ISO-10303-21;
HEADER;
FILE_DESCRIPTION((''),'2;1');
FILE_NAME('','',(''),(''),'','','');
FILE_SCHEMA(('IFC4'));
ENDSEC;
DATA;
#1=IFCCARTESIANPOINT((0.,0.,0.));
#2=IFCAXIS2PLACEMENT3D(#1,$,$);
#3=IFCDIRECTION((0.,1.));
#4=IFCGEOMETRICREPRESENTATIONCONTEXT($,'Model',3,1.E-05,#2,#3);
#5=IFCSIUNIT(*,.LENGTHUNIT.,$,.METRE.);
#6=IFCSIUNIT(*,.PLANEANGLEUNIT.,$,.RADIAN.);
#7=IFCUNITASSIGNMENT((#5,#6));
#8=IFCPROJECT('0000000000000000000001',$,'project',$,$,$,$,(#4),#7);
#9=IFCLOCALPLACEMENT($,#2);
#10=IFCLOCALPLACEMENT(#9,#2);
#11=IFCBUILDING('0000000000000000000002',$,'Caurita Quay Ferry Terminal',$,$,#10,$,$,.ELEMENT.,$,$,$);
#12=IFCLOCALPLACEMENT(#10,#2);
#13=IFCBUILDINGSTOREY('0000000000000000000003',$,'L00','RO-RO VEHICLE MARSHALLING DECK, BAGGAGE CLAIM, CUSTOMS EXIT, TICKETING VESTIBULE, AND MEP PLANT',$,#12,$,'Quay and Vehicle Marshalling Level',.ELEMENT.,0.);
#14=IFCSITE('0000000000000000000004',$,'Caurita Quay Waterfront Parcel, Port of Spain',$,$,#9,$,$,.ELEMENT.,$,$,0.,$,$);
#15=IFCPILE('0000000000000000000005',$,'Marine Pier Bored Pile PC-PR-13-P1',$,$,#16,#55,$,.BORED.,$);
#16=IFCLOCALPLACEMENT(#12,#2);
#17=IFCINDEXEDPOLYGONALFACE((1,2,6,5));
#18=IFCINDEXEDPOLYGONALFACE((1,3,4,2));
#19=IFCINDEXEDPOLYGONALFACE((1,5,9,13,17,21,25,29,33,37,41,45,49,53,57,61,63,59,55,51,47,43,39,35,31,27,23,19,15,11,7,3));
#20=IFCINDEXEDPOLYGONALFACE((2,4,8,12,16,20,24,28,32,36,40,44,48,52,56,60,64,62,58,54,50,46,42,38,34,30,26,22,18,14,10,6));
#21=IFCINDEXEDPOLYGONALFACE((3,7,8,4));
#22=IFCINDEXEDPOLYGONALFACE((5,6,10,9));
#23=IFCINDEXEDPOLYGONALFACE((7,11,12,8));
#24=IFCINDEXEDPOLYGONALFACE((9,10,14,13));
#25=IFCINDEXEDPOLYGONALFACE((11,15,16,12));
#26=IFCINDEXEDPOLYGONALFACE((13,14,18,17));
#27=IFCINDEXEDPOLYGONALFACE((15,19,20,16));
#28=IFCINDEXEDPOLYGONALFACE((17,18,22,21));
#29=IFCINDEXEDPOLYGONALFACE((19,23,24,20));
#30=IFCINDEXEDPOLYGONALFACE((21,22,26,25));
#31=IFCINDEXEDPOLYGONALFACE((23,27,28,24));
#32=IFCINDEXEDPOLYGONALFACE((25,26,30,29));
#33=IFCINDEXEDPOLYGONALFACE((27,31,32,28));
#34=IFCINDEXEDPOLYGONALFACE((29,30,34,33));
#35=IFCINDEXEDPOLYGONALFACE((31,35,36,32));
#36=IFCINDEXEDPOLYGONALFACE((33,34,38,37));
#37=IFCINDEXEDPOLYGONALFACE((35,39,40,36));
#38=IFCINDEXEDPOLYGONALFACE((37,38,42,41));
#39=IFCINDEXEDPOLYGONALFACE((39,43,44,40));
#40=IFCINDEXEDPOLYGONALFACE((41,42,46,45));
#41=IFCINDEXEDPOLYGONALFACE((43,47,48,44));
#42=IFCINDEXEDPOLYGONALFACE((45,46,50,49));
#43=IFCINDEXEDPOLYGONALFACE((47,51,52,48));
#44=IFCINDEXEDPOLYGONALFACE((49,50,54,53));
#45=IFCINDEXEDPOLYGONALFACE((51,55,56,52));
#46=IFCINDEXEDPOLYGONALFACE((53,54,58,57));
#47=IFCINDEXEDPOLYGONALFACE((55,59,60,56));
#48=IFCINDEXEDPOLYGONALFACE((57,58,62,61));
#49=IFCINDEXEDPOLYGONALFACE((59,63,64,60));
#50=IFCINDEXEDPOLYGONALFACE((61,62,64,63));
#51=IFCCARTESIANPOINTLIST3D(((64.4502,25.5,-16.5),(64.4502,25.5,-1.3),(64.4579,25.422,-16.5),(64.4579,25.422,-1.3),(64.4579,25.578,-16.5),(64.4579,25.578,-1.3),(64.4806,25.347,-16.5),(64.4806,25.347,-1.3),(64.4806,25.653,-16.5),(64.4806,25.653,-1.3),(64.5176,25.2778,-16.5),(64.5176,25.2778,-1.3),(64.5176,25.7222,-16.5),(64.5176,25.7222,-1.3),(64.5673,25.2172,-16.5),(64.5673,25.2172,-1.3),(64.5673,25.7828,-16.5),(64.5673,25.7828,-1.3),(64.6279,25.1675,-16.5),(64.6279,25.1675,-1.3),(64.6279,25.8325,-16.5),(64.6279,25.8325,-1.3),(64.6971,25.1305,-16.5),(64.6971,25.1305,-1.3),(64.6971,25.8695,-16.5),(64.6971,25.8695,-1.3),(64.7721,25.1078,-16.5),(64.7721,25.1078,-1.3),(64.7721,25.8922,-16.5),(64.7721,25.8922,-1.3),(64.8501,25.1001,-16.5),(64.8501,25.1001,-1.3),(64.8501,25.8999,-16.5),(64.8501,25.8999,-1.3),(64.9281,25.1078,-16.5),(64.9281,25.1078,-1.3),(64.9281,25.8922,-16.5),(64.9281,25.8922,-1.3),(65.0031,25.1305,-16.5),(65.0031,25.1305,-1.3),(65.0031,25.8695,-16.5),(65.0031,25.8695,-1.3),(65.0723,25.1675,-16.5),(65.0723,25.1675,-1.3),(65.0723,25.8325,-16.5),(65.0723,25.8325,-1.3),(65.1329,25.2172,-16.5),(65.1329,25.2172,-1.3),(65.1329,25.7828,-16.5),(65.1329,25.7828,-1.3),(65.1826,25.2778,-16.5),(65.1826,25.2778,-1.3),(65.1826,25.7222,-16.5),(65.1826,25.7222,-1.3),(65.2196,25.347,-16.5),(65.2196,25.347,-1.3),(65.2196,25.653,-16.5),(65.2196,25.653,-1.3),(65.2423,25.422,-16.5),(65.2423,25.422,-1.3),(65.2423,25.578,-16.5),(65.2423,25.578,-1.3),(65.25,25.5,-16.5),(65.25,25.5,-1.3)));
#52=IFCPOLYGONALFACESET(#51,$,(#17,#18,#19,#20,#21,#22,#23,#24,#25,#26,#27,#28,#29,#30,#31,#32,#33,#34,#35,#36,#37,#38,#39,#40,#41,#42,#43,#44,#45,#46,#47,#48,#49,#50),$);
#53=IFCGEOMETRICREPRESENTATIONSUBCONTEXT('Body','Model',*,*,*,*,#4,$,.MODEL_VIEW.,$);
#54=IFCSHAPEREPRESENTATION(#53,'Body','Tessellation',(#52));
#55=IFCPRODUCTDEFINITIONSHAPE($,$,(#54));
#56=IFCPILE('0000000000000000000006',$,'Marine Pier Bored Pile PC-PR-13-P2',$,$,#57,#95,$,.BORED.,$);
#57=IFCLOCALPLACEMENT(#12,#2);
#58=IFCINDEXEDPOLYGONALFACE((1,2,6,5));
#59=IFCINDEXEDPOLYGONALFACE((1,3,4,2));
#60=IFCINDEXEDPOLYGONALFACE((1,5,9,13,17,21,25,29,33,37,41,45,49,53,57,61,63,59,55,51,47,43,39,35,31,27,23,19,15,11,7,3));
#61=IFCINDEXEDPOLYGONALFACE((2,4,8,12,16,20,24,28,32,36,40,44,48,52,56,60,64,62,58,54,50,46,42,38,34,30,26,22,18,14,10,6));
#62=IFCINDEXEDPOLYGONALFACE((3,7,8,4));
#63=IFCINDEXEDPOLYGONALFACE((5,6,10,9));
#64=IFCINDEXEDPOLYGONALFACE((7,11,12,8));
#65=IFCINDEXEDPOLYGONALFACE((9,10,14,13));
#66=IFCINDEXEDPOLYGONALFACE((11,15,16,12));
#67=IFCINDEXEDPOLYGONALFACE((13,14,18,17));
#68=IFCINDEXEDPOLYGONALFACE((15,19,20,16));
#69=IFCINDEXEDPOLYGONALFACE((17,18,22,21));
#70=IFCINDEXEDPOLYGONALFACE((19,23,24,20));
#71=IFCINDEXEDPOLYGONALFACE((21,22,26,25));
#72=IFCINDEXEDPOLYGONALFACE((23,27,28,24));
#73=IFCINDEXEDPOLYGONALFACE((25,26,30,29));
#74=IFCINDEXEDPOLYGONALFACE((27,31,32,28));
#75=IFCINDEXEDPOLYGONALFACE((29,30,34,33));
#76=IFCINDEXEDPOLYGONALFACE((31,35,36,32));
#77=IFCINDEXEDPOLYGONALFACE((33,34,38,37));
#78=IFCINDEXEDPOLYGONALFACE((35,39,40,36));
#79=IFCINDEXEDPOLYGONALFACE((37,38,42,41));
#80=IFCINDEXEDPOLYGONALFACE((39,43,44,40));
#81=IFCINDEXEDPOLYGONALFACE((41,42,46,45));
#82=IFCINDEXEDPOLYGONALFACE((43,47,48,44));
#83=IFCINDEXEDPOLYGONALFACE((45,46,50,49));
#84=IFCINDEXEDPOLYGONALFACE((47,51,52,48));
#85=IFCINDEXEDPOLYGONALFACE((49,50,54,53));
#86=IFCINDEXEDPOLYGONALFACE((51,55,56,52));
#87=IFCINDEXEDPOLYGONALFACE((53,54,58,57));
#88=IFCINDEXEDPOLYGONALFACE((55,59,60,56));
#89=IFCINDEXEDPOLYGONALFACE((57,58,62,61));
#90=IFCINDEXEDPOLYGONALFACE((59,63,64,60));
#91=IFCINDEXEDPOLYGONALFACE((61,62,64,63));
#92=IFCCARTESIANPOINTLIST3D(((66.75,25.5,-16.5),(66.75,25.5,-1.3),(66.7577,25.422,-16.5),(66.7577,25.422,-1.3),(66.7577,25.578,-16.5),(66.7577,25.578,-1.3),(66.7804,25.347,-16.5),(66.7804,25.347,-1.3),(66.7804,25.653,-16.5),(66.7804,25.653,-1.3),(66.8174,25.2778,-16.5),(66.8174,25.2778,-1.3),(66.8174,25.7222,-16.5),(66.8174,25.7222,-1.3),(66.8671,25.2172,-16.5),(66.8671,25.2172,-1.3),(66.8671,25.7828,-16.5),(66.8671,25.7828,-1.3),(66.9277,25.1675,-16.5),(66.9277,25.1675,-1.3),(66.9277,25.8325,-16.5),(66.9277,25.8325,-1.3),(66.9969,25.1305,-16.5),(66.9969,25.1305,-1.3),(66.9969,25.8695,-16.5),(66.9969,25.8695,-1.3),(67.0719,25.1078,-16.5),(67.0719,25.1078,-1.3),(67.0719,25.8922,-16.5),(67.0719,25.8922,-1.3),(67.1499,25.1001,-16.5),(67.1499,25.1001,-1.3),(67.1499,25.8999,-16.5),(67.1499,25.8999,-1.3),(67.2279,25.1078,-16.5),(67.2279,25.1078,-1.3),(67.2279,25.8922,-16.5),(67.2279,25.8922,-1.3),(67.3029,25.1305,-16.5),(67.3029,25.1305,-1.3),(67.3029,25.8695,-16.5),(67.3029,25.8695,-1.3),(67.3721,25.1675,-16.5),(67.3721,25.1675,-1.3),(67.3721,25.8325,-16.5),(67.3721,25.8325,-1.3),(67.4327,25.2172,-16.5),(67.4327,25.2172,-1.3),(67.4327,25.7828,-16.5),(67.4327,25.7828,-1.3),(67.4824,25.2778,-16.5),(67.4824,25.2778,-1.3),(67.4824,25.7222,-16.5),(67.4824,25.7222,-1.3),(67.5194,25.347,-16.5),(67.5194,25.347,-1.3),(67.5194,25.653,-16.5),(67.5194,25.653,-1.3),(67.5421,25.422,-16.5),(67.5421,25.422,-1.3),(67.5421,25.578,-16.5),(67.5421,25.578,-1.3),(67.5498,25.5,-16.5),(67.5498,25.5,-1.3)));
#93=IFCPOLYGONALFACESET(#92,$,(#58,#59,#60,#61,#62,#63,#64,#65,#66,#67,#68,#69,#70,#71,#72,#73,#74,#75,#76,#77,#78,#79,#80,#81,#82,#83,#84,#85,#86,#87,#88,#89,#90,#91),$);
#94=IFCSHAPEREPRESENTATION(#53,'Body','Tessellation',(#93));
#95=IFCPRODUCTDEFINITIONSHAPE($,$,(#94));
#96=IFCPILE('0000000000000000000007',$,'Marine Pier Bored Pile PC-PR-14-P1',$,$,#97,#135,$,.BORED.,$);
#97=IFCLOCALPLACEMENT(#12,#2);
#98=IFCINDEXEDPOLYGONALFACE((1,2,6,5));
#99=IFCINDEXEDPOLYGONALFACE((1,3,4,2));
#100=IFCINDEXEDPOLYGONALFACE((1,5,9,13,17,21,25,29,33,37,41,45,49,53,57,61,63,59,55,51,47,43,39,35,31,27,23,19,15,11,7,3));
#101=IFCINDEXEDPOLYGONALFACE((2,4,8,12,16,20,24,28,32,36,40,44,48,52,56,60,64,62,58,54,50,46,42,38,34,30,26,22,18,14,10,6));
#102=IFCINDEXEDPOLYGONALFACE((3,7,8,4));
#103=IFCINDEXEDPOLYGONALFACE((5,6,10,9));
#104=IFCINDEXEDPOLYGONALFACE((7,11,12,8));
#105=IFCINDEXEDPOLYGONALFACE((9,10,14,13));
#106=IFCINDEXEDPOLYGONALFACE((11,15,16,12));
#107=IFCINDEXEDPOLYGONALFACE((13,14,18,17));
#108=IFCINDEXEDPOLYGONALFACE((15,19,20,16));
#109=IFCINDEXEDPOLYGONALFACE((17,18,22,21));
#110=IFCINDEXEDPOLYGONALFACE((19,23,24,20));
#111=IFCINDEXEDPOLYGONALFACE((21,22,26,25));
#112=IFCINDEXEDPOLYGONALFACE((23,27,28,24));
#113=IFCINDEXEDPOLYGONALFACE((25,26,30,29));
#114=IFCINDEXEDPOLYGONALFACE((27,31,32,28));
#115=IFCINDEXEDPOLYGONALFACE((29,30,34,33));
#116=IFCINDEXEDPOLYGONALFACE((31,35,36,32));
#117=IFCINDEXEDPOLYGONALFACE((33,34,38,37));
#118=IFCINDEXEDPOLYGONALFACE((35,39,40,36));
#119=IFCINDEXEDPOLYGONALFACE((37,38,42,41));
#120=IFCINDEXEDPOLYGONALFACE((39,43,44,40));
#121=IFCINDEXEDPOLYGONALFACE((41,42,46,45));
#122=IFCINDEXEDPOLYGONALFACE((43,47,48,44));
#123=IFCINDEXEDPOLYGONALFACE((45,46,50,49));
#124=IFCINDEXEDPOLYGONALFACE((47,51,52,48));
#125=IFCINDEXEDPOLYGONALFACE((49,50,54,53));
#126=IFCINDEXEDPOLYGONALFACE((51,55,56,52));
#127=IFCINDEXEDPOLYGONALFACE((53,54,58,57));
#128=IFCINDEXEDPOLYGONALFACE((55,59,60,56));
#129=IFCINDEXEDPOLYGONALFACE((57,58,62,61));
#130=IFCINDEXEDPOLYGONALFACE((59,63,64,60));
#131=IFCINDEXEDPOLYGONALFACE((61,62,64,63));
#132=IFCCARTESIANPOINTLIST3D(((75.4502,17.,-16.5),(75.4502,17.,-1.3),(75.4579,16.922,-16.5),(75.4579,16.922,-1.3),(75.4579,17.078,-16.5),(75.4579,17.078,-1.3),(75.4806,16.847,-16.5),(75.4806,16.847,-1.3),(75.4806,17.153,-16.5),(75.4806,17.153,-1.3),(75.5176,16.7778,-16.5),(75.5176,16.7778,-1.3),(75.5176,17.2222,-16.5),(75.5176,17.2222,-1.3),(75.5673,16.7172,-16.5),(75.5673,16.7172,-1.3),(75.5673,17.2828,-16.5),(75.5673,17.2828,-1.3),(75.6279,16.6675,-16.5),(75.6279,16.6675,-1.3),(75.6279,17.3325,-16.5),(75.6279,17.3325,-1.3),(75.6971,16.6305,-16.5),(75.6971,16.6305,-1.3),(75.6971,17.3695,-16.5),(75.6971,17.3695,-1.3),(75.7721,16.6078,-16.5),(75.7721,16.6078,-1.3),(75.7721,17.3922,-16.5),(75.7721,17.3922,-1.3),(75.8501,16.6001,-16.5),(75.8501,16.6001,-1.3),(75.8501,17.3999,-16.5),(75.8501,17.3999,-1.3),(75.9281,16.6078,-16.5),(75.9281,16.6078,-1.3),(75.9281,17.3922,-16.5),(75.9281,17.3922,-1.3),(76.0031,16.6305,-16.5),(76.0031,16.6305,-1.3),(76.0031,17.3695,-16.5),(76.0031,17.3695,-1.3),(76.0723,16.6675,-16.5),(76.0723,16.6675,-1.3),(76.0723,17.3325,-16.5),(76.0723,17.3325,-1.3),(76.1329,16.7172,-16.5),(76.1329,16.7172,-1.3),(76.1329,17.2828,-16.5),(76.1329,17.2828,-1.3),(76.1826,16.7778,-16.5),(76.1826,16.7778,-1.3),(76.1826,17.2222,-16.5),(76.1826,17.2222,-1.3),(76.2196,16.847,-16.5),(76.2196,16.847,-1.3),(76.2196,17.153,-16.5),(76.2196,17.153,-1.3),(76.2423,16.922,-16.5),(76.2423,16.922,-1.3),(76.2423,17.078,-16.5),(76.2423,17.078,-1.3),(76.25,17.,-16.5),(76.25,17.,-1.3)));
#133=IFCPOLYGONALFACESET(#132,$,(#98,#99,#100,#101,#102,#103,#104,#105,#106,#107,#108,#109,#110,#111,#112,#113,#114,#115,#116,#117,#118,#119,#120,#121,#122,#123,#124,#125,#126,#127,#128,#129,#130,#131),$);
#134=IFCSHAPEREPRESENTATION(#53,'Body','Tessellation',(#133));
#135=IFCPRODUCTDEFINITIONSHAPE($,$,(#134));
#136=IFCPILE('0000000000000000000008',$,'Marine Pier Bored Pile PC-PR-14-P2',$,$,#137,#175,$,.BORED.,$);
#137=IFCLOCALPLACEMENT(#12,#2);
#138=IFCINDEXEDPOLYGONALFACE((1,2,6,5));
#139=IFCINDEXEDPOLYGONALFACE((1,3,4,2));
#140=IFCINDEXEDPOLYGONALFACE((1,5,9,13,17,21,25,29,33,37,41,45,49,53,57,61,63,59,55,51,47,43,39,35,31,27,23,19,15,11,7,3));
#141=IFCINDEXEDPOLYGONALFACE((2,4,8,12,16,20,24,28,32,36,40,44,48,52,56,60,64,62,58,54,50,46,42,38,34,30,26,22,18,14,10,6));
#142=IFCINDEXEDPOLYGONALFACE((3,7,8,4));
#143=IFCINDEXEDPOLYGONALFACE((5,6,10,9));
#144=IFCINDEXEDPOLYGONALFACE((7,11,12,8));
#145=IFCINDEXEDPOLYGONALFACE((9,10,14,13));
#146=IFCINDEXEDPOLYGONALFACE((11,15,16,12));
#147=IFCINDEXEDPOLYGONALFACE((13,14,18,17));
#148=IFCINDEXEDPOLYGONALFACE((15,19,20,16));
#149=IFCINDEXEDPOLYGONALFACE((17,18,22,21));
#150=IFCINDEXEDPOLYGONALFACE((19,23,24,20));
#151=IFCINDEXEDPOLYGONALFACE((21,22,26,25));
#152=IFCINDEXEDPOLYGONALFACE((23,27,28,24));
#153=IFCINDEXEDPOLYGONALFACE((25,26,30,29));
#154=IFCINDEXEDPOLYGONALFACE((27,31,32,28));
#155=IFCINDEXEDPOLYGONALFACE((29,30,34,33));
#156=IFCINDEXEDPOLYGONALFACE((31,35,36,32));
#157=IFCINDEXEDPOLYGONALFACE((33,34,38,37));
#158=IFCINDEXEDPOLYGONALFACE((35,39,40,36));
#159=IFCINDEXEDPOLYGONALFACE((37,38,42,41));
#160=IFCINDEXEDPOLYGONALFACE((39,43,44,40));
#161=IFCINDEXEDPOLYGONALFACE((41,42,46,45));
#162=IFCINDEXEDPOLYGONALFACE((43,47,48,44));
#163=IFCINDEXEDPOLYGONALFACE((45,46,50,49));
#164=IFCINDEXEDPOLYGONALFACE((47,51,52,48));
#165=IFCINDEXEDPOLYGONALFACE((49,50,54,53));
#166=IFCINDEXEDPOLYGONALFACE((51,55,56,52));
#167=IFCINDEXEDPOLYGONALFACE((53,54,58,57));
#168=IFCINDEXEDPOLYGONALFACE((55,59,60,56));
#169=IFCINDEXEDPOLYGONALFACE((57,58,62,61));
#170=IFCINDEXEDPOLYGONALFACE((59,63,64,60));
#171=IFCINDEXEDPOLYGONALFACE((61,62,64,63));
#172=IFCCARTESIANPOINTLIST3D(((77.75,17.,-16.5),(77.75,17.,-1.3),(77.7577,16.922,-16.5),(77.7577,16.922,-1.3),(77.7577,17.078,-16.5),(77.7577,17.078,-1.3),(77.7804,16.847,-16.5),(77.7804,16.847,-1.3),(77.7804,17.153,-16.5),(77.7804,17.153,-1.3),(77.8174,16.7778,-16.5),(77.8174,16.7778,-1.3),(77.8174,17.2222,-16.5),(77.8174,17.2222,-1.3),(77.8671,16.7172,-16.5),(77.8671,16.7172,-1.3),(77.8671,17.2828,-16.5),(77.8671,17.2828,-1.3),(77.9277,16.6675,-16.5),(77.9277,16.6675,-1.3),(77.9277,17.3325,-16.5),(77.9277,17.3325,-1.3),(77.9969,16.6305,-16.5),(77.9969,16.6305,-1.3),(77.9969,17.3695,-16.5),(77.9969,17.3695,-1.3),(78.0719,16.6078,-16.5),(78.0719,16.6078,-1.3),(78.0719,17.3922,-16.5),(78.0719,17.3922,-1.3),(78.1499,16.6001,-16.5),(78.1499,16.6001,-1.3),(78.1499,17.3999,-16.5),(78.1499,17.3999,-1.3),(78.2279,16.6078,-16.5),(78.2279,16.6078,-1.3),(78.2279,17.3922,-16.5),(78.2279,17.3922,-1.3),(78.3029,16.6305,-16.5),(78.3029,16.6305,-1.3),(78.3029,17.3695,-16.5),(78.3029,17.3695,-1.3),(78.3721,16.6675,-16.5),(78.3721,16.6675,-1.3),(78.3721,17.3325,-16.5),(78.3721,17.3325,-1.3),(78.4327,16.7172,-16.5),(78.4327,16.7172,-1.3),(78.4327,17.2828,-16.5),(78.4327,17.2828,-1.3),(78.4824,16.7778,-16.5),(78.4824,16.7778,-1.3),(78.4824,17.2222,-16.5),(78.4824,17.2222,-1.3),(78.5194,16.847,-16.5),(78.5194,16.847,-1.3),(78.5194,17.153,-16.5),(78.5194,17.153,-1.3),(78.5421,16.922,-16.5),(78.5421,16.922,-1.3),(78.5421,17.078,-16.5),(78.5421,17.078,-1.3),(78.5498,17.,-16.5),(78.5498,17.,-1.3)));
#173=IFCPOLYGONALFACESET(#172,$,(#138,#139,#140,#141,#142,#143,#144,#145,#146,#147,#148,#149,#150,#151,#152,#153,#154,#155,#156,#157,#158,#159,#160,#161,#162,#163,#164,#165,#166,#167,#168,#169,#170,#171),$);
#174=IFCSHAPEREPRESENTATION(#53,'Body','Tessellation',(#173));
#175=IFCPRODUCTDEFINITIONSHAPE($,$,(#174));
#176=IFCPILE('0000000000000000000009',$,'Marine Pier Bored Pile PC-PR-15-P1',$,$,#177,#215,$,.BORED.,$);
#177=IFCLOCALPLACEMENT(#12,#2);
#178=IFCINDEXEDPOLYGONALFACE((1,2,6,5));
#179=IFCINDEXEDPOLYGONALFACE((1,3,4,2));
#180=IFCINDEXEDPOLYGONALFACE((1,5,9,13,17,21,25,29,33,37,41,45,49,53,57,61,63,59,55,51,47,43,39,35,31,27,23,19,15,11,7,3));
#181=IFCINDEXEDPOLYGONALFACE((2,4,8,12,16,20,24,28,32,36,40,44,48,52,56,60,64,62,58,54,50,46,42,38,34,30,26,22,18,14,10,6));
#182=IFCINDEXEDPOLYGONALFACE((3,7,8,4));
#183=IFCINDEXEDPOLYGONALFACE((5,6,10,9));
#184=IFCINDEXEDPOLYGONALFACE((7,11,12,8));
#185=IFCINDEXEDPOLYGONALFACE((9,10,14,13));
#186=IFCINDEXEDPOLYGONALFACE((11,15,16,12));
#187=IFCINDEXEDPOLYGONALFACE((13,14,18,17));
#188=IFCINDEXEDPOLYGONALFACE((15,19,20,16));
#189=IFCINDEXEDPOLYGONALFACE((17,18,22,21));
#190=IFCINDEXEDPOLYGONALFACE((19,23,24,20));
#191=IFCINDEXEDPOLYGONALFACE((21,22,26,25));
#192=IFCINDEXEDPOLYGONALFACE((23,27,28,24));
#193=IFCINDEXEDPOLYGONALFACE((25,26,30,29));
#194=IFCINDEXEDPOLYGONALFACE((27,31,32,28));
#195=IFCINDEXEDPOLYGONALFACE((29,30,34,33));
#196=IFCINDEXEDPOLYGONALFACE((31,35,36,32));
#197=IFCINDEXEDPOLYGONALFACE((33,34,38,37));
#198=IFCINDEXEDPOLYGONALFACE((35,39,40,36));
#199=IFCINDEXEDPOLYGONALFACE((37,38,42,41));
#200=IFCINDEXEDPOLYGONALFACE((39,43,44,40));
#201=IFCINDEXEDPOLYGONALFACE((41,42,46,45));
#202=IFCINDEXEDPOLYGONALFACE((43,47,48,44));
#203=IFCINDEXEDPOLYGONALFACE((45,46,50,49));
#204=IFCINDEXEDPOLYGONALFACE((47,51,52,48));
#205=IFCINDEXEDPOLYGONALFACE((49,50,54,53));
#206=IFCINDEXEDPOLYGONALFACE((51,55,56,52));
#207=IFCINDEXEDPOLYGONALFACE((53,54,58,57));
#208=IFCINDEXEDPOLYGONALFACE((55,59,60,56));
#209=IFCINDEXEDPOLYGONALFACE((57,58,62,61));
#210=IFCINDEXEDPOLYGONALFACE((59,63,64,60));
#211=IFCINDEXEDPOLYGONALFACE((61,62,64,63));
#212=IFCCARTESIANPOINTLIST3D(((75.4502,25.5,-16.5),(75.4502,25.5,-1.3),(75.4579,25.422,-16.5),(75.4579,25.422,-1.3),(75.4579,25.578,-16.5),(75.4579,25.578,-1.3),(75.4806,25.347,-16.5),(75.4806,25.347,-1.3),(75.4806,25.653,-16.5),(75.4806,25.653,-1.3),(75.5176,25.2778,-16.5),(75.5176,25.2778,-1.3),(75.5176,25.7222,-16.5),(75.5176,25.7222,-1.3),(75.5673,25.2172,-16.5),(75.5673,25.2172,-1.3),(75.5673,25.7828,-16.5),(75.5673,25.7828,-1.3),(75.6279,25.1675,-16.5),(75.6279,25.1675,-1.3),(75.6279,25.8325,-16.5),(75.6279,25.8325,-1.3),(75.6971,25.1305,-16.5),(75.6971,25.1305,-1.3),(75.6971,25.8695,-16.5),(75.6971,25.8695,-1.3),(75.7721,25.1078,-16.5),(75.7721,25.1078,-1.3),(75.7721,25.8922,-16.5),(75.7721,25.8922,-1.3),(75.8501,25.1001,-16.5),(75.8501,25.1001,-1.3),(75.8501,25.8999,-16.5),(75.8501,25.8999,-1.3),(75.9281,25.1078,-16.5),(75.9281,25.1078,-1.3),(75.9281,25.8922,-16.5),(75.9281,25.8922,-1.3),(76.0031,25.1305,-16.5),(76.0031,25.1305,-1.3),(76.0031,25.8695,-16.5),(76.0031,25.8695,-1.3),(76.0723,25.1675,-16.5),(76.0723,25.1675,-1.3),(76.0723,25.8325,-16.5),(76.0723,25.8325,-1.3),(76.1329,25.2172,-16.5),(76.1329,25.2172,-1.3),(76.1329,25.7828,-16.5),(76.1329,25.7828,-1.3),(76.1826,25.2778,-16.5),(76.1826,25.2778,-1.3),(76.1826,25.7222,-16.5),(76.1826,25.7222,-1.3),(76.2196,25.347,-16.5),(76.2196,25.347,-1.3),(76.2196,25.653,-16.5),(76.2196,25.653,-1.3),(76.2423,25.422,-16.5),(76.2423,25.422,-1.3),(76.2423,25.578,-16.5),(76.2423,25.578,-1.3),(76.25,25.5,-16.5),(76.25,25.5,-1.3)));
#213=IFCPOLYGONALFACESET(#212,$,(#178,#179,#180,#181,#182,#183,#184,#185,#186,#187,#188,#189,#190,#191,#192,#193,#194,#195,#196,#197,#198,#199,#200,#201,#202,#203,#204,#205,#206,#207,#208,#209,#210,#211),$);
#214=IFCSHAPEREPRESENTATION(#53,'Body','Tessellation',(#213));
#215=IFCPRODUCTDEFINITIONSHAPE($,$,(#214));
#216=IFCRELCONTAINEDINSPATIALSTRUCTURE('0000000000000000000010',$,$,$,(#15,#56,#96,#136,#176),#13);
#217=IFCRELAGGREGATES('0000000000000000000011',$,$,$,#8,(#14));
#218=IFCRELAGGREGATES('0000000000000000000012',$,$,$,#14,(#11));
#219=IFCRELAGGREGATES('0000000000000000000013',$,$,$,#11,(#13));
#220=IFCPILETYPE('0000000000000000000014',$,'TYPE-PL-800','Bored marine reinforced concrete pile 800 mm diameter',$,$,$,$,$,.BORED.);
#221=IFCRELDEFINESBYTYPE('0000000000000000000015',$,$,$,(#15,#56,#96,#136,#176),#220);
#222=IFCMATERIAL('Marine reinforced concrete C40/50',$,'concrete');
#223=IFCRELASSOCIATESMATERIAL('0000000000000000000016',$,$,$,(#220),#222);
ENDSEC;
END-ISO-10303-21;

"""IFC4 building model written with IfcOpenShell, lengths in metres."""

from ifc_helpers import new_model, si_unit, direction, frame, origin, origin_2d, place, context, subcontext, project, spatial, circle, extrude, material, material_profile, profile_set, type_object, element, save


model = new_model("IFC4")

# Units and contexts
model_context = context("Model", 3, precision=1e-05, world=origin(), true_north=direction((0.0, 1.0)))
body_context = subcontext(model_context, "Body", "Model", "MODEL_VIEW")
ifc_project = project(units=[si_unit("LENGTHUNIT", "METRE"), si_unit("PLANEANGLEUNIT", "RADIAN")], contexts=[model_context])

# Site, building, storey
site_placement = place(None, origin())
site = spatial("IfcSite", under=ifc_project, at=site_placement, Name="Caurita Quay Waterfront Parcel, Port of Spain", CompositionType="ELEMENT", RefElevation=0.0)
building_placement = place(site_placement, origin())
building = spatial("IfcBuilding", under=site, at=building_placement, Name="Caurita Quay Ferry Terminal", CompositionType="ELEMENT")
storey_placement = place(building_placement, origin())
storey = spatial("IfcBuildingStorey", under=building, at=storey_placement, Name="L00", Description="RO-RO VEHICLE MARSHALLING DECK, BAGGAGE CLAIM, CUSTOMS EXIT, TICKETING VESTIBULE, AND MEP PLANT", LongName="Quay and Vehicle Marshalling Level", CompositionType="ELEMENT", Elevation=0.0)

# Piles
ifc_material_1 = material(Name="Marine reinforced concrete C40/50", Category="concrete")
ifc_material_profile_1 = material_profile(ifc_material_1, circle(Radius=0.3999, at=origin_2d()), Name="PILE-D800")
ifc_profile_set_1 = profile_set([ifc_material_profile_1], Name="Marine reinforced concrete C40/50")
pile_type_1 = type_object("IfcPileType", Name="TYPE-PL-800", Description="Bored marine reinforced concrete pile 800 mm diameter", PredefinedType="BORED", material=ifc_profile_set_1)
for number, where, z_axis, x_axis, name in (
    (1, (64.8501, 25.5, -1.3), (0.0, 0.0, -1.0), (1.0, 0.0, 0.0), "Marine Pier Bored Pile PC-PR-13-P1"),
    (2, (67.1499, 25.5, -1.3), (0.0, 0.0, -1.0), (1.0, 0.0, 0.0), "Marine Pier Bored Pile PC-PR-13-P2"),
    (3, (75.8501, 17.0, -1.3), (0.0, 0.0, -1.0), (1.0, 0.0, 0.0), "Marine Pier Bored Pile PC-PR-14-P1"),
    (4, (78.1499, 17.0, -1.3), (0.0, 0.0, -1.0), (1.0, 0.0, 0.0), "Marine Pier Bored Pile PC-PR-14-P2"),
    (5, (75.8501, 25.5, -1.3), (0.0, 0.0, -1.0), (1.0, 0.0, 0.0), "Marine Pier Bored Pile PC-PR-15-P1"),
):
    element("IfcPile", number, at=place(storey_placement, frame(where, z_axis=z_axis, x_axis=x_axis)), inside=storey, type_object=pile_type_1, Name=name, PredefinedType="BORED", context=body_context, shape_type="SweptSolid", body=[
        extrude(circle(Radius=0.3999, at=origin_2d()), origin(), (0.0, 0.0, 1.0), 15.2),
    ])

save(model, "model.ifc")
